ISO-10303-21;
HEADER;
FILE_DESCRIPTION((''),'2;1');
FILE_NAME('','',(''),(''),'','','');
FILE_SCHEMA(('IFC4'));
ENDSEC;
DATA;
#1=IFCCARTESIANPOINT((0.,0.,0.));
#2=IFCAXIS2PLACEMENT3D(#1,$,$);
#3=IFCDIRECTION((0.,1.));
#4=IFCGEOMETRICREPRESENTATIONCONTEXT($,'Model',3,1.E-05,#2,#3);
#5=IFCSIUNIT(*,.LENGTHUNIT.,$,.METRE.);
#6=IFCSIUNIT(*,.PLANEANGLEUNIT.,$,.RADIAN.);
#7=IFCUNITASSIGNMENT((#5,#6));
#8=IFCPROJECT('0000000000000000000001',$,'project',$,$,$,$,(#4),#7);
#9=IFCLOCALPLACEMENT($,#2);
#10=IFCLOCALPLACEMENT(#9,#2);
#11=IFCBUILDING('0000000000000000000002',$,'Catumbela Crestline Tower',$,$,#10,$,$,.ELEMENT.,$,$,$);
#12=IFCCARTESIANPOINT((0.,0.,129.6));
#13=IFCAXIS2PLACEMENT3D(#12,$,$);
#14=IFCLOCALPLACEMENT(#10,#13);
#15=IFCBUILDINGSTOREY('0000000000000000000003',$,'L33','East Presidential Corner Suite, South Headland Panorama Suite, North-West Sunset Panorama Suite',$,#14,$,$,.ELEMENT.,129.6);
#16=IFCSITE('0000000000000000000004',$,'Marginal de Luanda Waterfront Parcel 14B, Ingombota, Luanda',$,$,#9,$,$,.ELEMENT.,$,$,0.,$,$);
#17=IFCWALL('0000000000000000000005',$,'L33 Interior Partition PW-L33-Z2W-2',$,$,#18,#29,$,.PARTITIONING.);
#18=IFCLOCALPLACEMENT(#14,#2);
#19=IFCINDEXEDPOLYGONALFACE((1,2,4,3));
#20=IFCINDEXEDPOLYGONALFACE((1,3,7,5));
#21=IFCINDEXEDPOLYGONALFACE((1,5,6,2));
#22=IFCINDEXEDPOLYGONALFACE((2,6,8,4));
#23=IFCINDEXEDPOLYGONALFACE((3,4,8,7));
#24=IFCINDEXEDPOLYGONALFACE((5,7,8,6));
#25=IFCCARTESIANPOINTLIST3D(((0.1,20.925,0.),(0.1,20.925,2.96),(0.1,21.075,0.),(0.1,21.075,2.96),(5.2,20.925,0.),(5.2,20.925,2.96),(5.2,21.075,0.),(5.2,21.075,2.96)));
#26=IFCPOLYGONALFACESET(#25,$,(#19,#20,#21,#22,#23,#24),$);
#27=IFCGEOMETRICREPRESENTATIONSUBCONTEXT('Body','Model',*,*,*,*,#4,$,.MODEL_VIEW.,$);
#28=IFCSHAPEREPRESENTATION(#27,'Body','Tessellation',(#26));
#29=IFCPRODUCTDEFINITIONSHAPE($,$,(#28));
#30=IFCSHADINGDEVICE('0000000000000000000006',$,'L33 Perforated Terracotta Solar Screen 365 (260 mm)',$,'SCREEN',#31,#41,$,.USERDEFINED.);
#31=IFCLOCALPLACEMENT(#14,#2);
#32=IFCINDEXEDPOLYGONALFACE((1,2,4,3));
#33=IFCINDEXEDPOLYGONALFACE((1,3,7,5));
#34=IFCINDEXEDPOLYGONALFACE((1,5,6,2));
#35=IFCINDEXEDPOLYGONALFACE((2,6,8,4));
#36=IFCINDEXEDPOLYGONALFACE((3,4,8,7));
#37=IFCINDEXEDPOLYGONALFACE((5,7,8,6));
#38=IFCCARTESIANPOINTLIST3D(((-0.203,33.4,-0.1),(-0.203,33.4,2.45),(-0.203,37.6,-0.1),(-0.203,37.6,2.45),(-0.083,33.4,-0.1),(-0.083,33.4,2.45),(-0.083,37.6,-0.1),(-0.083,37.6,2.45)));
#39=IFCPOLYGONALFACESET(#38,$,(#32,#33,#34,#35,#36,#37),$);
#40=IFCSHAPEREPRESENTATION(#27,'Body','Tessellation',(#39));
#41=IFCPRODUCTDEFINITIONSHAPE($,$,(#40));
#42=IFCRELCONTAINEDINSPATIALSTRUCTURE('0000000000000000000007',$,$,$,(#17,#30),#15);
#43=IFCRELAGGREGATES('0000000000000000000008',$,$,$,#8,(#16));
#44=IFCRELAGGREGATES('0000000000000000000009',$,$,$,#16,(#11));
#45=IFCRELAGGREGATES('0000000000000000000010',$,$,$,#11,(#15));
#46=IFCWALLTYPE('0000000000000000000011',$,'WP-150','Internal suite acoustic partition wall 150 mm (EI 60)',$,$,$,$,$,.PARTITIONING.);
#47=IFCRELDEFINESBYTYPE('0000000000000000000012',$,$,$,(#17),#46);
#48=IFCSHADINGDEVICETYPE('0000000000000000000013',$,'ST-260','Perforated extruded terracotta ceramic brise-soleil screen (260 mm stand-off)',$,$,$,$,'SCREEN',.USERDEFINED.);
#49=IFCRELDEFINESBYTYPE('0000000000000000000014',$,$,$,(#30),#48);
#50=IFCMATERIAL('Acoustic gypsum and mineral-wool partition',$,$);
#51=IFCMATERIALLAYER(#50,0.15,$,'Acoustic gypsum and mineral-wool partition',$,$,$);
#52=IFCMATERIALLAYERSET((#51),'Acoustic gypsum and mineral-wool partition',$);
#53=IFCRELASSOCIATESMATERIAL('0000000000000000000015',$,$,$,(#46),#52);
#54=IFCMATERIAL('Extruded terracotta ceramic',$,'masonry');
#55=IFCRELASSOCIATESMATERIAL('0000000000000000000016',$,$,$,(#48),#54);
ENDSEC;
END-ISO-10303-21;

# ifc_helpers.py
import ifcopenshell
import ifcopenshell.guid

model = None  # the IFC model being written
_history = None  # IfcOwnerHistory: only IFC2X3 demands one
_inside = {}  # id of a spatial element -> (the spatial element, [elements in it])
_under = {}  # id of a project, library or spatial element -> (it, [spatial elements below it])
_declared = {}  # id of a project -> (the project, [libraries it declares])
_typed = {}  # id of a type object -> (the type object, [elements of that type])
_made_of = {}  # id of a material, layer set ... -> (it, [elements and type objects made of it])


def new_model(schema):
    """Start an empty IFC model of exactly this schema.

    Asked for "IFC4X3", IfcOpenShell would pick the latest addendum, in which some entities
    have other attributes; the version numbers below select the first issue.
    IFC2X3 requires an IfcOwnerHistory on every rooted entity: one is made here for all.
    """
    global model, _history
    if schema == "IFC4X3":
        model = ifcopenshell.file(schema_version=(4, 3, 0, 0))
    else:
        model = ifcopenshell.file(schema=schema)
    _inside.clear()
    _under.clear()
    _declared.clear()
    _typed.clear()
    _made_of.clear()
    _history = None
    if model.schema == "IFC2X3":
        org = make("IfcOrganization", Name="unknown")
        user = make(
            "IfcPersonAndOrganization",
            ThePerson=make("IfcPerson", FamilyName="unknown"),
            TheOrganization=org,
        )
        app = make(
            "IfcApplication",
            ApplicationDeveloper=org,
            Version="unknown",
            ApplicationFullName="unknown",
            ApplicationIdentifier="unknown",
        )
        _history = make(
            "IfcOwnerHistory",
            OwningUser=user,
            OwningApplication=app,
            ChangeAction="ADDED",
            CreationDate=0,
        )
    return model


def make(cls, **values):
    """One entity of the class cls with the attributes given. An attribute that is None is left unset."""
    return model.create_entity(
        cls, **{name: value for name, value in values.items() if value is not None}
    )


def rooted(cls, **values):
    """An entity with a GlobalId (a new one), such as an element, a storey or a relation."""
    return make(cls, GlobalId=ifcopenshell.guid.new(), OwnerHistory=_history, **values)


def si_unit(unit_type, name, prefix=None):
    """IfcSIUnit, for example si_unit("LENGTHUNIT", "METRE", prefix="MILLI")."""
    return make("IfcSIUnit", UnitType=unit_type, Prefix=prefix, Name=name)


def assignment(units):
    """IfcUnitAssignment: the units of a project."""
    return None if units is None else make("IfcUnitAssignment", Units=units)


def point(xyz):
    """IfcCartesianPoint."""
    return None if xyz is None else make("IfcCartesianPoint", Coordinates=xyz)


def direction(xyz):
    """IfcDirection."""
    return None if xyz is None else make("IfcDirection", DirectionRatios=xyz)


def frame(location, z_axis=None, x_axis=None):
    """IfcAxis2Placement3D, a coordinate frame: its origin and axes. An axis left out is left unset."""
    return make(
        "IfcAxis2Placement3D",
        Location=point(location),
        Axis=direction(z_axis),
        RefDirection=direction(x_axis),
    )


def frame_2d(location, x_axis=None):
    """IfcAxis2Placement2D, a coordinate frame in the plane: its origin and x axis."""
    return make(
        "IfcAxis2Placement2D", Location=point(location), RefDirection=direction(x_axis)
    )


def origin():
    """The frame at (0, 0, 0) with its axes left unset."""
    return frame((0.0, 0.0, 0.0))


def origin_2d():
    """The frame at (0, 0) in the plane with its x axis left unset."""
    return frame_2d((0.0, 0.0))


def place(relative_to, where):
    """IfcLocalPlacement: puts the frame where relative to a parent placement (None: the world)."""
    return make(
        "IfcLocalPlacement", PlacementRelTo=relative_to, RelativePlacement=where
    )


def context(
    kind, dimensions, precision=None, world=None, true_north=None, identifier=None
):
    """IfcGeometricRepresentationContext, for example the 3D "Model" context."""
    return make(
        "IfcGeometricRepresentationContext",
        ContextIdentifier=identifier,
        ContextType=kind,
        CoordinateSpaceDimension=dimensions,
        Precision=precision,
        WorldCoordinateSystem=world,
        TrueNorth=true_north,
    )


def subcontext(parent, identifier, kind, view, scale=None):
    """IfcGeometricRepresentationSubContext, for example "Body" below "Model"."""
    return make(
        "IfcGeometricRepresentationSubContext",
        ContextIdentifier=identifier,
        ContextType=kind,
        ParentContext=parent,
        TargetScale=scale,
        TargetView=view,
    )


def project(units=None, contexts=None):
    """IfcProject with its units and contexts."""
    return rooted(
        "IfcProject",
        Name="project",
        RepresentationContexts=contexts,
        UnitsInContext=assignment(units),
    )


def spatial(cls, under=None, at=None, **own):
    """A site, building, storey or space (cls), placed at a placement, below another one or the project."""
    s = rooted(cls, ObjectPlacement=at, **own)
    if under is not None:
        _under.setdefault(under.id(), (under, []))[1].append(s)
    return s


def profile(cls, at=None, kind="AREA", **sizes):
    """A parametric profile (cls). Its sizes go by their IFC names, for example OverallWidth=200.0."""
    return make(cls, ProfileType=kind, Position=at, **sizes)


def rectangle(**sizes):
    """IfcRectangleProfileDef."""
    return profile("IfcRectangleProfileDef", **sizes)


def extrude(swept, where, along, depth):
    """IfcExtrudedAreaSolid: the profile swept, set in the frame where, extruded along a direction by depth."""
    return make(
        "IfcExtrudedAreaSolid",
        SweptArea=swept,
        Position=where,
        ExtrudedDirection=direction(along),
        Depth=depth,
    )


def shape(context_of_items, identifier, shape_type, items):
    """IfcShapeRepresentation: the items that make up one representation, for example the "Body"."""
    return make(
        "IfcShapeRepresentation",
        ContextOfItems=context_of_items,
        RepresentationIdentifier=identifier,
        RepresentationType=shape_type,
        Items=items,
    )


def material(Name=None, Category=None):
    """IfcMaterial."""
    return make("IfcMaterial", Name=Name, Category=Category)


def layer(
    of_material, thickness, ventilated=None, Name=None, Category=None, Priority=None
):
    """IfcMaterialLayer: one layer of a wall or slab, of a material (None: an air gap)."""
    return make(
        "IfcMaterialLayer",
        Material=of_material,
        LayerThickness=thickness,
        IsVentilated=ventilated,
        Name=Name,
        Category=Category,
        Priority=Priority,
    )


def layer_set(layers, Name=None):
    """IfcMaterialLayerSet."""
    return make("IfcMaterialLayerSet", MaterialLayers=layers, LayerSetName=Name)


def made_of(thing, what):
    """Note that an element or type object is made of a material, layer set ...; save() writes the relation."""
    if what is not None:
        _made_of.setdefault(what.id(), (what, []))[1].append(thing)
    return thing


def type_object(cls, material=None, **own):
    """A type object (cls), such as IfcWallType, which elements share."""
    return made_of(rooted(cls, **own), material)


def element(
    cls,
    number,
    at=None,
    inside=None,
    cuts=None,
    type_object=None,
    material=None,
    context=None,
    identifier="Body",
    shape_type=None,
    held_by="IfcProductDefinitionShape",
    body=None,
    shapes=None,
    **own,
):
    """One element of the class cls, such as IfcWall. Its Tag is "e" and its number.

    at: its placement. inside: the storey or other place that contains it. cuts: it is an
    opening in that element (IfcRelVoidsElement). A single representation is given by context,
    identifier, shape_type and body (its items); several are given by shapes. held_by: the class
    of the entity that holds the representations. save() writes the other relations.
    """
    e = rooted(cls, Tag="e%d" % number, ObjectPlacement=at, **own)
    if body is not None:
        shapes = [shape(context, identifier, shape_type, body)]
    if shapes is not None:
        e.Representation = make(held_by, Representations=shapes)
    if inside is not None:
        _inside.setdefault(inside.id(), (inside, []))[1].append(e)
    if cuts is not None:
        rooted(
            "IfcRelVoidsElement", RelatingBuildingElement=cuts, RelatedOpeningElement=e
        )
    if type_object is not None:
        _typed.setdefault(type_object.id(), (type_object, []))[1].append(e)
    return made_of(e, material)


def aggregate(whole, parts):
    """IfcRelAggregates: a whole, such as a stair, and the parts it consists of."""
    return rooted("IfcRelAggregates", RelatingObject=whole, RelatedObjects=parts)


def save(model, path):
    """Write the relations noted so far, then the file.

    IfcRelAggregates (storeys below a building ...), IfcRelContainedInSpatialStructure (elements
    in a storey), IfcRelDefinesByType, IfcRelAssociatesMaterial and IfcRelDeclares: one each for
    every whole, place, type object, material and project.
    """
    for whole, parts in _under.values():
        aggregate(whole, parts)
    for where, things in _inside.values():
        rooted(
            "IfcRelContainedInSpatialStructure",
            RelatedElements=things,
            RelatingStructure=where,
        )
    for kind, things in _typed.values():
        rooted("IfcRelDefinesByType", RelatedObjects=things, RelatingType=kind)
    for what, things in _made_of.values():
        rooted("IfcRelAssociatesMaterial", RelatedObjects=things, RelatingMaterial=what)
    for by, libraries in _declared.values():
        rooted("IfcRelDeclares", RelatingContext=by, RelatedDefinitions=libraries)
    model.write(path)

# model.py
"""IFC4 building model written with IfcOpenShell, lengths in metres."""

from ifc_helpers import new_model, si_unit, direction, frame, frame_2d, origin, origin_2d, place, context, subcontext, project, spatial, rectangle, extrude, material, layer, layer_set, type_object, element, save


model = new_model("IFC4")

# Units and contexts
model_context = context("Model", 3, precision=1e-05, world=origin(), true_north=direction((0.0, 1.0)))
body_context = subcontext(model_context, "Body", "Model", "MODEL_VIEW")
ifc_project = project(units=[si_unit("LENGTHUNIT", "METRE"), si_unit("PLANEANGLEUNIT", "RADIAN")], contexts=[model_context])

# Site, building, storey
site_placement = place(None, origin())
site = spatial("IfcSite", under=ifc_project, at=site_placement, Name="Marginal de Luanda Waterfront Parcel 14B, Ingombota, Luanda", CompositionType="ELEMENT", RefElevation=0.0)
building_placement = place(site_placement, origin())
building = spatial("IfcBuilding", under=site, at=building_placement, Name="Catumbela Crestline Tower", CompositionType="ELEMENT")
storey_placement = place(building_placement, frame((0.0, 0.0, 129.6)))
storey = spatial("IfcBuildingStorey", under=building, at=storey_placement, Name="L33", Description="East Presidential Corner Suite, South Headland Panorama Suite, North-West Sunset Panorama Suite", CompositionType="ELEMENT", Elevation=129.6)

# Wall
ifc_material_1 = material(Name="Acoustic gypsum and mineral-wool partition")
ifc_layer_1 = layer(ifc_material_1, 0.15, Name="Acoustic gypsum and mineral-wool partition")
ifc_layer_set_1 = layer_set([ifc_layer_1], Name="Acoustic gypsum and mineral-wool partition")
wall_type_1 = type_object("IfcWallType", Name="WP-150", Description="Internal suite acoustic partition wall 150 mm (EI 60)", PredefinedType="PARTITIONING", material=ifc_layer_set_1)
wall_1_placement = place(storey_placement, frame((0.1, 21.0, 0.0), z_axis=(0.0, 0.0, 1.0), x_axis=(1.0, 0.0, 0.0)))
element("IfcWall", 1, at=wall_1_placement, inside=storey, type_object=wall_type_1, Name="L33 Interior Partition PW-L33-Z2W-2", PredefinedType="PARTITIONING", context=body_context, shape_type="SweptSolid", body=[
    extrude(rectangle(XDim=5.1, YDim=0.15, at=frame_2d((2.55, 0.0))), origin(), (0.0, 0.0, 1.0), 2.96),
])

# Shading device
ifc_material_2 = material(Name="Extruded terracotta ceramic", Category="masonry")
shading_device_type = type_object("IfcShadingDeviceType", Name="ST-260", Description="Perforated extruded terracotta ceramic brise-soleil screen (260 mm stand-off)", ElementType="SCREEN", PredefinedType="USERDEFINED", material=ifc_material_2)
shading_device_placement = place(storey_placement, frame((-0.143, 35.5, -0.1), z_axis=(0.0, 0.0, 1.0), x_axis=(0.0, -1.0, 0.0)))
element("IfcShadingDevice", 2, at=shading_device_placement, inside=storey, type_object=shading_device_type, Name="L33 Perforated Terracotta Solar Screen 365 (260 mm)", ObjectType="SCREEN", PredefinedType="USERDEFINED", context=body_context, shape_type="SweptSolid", body=[
    extrude(rectangle(XDim=4.2, YDim=0.12, at=origin_2d()), origin(), (0.0, 0.0, 1.0), 2.55),
])

save(model, "model.ifc")
